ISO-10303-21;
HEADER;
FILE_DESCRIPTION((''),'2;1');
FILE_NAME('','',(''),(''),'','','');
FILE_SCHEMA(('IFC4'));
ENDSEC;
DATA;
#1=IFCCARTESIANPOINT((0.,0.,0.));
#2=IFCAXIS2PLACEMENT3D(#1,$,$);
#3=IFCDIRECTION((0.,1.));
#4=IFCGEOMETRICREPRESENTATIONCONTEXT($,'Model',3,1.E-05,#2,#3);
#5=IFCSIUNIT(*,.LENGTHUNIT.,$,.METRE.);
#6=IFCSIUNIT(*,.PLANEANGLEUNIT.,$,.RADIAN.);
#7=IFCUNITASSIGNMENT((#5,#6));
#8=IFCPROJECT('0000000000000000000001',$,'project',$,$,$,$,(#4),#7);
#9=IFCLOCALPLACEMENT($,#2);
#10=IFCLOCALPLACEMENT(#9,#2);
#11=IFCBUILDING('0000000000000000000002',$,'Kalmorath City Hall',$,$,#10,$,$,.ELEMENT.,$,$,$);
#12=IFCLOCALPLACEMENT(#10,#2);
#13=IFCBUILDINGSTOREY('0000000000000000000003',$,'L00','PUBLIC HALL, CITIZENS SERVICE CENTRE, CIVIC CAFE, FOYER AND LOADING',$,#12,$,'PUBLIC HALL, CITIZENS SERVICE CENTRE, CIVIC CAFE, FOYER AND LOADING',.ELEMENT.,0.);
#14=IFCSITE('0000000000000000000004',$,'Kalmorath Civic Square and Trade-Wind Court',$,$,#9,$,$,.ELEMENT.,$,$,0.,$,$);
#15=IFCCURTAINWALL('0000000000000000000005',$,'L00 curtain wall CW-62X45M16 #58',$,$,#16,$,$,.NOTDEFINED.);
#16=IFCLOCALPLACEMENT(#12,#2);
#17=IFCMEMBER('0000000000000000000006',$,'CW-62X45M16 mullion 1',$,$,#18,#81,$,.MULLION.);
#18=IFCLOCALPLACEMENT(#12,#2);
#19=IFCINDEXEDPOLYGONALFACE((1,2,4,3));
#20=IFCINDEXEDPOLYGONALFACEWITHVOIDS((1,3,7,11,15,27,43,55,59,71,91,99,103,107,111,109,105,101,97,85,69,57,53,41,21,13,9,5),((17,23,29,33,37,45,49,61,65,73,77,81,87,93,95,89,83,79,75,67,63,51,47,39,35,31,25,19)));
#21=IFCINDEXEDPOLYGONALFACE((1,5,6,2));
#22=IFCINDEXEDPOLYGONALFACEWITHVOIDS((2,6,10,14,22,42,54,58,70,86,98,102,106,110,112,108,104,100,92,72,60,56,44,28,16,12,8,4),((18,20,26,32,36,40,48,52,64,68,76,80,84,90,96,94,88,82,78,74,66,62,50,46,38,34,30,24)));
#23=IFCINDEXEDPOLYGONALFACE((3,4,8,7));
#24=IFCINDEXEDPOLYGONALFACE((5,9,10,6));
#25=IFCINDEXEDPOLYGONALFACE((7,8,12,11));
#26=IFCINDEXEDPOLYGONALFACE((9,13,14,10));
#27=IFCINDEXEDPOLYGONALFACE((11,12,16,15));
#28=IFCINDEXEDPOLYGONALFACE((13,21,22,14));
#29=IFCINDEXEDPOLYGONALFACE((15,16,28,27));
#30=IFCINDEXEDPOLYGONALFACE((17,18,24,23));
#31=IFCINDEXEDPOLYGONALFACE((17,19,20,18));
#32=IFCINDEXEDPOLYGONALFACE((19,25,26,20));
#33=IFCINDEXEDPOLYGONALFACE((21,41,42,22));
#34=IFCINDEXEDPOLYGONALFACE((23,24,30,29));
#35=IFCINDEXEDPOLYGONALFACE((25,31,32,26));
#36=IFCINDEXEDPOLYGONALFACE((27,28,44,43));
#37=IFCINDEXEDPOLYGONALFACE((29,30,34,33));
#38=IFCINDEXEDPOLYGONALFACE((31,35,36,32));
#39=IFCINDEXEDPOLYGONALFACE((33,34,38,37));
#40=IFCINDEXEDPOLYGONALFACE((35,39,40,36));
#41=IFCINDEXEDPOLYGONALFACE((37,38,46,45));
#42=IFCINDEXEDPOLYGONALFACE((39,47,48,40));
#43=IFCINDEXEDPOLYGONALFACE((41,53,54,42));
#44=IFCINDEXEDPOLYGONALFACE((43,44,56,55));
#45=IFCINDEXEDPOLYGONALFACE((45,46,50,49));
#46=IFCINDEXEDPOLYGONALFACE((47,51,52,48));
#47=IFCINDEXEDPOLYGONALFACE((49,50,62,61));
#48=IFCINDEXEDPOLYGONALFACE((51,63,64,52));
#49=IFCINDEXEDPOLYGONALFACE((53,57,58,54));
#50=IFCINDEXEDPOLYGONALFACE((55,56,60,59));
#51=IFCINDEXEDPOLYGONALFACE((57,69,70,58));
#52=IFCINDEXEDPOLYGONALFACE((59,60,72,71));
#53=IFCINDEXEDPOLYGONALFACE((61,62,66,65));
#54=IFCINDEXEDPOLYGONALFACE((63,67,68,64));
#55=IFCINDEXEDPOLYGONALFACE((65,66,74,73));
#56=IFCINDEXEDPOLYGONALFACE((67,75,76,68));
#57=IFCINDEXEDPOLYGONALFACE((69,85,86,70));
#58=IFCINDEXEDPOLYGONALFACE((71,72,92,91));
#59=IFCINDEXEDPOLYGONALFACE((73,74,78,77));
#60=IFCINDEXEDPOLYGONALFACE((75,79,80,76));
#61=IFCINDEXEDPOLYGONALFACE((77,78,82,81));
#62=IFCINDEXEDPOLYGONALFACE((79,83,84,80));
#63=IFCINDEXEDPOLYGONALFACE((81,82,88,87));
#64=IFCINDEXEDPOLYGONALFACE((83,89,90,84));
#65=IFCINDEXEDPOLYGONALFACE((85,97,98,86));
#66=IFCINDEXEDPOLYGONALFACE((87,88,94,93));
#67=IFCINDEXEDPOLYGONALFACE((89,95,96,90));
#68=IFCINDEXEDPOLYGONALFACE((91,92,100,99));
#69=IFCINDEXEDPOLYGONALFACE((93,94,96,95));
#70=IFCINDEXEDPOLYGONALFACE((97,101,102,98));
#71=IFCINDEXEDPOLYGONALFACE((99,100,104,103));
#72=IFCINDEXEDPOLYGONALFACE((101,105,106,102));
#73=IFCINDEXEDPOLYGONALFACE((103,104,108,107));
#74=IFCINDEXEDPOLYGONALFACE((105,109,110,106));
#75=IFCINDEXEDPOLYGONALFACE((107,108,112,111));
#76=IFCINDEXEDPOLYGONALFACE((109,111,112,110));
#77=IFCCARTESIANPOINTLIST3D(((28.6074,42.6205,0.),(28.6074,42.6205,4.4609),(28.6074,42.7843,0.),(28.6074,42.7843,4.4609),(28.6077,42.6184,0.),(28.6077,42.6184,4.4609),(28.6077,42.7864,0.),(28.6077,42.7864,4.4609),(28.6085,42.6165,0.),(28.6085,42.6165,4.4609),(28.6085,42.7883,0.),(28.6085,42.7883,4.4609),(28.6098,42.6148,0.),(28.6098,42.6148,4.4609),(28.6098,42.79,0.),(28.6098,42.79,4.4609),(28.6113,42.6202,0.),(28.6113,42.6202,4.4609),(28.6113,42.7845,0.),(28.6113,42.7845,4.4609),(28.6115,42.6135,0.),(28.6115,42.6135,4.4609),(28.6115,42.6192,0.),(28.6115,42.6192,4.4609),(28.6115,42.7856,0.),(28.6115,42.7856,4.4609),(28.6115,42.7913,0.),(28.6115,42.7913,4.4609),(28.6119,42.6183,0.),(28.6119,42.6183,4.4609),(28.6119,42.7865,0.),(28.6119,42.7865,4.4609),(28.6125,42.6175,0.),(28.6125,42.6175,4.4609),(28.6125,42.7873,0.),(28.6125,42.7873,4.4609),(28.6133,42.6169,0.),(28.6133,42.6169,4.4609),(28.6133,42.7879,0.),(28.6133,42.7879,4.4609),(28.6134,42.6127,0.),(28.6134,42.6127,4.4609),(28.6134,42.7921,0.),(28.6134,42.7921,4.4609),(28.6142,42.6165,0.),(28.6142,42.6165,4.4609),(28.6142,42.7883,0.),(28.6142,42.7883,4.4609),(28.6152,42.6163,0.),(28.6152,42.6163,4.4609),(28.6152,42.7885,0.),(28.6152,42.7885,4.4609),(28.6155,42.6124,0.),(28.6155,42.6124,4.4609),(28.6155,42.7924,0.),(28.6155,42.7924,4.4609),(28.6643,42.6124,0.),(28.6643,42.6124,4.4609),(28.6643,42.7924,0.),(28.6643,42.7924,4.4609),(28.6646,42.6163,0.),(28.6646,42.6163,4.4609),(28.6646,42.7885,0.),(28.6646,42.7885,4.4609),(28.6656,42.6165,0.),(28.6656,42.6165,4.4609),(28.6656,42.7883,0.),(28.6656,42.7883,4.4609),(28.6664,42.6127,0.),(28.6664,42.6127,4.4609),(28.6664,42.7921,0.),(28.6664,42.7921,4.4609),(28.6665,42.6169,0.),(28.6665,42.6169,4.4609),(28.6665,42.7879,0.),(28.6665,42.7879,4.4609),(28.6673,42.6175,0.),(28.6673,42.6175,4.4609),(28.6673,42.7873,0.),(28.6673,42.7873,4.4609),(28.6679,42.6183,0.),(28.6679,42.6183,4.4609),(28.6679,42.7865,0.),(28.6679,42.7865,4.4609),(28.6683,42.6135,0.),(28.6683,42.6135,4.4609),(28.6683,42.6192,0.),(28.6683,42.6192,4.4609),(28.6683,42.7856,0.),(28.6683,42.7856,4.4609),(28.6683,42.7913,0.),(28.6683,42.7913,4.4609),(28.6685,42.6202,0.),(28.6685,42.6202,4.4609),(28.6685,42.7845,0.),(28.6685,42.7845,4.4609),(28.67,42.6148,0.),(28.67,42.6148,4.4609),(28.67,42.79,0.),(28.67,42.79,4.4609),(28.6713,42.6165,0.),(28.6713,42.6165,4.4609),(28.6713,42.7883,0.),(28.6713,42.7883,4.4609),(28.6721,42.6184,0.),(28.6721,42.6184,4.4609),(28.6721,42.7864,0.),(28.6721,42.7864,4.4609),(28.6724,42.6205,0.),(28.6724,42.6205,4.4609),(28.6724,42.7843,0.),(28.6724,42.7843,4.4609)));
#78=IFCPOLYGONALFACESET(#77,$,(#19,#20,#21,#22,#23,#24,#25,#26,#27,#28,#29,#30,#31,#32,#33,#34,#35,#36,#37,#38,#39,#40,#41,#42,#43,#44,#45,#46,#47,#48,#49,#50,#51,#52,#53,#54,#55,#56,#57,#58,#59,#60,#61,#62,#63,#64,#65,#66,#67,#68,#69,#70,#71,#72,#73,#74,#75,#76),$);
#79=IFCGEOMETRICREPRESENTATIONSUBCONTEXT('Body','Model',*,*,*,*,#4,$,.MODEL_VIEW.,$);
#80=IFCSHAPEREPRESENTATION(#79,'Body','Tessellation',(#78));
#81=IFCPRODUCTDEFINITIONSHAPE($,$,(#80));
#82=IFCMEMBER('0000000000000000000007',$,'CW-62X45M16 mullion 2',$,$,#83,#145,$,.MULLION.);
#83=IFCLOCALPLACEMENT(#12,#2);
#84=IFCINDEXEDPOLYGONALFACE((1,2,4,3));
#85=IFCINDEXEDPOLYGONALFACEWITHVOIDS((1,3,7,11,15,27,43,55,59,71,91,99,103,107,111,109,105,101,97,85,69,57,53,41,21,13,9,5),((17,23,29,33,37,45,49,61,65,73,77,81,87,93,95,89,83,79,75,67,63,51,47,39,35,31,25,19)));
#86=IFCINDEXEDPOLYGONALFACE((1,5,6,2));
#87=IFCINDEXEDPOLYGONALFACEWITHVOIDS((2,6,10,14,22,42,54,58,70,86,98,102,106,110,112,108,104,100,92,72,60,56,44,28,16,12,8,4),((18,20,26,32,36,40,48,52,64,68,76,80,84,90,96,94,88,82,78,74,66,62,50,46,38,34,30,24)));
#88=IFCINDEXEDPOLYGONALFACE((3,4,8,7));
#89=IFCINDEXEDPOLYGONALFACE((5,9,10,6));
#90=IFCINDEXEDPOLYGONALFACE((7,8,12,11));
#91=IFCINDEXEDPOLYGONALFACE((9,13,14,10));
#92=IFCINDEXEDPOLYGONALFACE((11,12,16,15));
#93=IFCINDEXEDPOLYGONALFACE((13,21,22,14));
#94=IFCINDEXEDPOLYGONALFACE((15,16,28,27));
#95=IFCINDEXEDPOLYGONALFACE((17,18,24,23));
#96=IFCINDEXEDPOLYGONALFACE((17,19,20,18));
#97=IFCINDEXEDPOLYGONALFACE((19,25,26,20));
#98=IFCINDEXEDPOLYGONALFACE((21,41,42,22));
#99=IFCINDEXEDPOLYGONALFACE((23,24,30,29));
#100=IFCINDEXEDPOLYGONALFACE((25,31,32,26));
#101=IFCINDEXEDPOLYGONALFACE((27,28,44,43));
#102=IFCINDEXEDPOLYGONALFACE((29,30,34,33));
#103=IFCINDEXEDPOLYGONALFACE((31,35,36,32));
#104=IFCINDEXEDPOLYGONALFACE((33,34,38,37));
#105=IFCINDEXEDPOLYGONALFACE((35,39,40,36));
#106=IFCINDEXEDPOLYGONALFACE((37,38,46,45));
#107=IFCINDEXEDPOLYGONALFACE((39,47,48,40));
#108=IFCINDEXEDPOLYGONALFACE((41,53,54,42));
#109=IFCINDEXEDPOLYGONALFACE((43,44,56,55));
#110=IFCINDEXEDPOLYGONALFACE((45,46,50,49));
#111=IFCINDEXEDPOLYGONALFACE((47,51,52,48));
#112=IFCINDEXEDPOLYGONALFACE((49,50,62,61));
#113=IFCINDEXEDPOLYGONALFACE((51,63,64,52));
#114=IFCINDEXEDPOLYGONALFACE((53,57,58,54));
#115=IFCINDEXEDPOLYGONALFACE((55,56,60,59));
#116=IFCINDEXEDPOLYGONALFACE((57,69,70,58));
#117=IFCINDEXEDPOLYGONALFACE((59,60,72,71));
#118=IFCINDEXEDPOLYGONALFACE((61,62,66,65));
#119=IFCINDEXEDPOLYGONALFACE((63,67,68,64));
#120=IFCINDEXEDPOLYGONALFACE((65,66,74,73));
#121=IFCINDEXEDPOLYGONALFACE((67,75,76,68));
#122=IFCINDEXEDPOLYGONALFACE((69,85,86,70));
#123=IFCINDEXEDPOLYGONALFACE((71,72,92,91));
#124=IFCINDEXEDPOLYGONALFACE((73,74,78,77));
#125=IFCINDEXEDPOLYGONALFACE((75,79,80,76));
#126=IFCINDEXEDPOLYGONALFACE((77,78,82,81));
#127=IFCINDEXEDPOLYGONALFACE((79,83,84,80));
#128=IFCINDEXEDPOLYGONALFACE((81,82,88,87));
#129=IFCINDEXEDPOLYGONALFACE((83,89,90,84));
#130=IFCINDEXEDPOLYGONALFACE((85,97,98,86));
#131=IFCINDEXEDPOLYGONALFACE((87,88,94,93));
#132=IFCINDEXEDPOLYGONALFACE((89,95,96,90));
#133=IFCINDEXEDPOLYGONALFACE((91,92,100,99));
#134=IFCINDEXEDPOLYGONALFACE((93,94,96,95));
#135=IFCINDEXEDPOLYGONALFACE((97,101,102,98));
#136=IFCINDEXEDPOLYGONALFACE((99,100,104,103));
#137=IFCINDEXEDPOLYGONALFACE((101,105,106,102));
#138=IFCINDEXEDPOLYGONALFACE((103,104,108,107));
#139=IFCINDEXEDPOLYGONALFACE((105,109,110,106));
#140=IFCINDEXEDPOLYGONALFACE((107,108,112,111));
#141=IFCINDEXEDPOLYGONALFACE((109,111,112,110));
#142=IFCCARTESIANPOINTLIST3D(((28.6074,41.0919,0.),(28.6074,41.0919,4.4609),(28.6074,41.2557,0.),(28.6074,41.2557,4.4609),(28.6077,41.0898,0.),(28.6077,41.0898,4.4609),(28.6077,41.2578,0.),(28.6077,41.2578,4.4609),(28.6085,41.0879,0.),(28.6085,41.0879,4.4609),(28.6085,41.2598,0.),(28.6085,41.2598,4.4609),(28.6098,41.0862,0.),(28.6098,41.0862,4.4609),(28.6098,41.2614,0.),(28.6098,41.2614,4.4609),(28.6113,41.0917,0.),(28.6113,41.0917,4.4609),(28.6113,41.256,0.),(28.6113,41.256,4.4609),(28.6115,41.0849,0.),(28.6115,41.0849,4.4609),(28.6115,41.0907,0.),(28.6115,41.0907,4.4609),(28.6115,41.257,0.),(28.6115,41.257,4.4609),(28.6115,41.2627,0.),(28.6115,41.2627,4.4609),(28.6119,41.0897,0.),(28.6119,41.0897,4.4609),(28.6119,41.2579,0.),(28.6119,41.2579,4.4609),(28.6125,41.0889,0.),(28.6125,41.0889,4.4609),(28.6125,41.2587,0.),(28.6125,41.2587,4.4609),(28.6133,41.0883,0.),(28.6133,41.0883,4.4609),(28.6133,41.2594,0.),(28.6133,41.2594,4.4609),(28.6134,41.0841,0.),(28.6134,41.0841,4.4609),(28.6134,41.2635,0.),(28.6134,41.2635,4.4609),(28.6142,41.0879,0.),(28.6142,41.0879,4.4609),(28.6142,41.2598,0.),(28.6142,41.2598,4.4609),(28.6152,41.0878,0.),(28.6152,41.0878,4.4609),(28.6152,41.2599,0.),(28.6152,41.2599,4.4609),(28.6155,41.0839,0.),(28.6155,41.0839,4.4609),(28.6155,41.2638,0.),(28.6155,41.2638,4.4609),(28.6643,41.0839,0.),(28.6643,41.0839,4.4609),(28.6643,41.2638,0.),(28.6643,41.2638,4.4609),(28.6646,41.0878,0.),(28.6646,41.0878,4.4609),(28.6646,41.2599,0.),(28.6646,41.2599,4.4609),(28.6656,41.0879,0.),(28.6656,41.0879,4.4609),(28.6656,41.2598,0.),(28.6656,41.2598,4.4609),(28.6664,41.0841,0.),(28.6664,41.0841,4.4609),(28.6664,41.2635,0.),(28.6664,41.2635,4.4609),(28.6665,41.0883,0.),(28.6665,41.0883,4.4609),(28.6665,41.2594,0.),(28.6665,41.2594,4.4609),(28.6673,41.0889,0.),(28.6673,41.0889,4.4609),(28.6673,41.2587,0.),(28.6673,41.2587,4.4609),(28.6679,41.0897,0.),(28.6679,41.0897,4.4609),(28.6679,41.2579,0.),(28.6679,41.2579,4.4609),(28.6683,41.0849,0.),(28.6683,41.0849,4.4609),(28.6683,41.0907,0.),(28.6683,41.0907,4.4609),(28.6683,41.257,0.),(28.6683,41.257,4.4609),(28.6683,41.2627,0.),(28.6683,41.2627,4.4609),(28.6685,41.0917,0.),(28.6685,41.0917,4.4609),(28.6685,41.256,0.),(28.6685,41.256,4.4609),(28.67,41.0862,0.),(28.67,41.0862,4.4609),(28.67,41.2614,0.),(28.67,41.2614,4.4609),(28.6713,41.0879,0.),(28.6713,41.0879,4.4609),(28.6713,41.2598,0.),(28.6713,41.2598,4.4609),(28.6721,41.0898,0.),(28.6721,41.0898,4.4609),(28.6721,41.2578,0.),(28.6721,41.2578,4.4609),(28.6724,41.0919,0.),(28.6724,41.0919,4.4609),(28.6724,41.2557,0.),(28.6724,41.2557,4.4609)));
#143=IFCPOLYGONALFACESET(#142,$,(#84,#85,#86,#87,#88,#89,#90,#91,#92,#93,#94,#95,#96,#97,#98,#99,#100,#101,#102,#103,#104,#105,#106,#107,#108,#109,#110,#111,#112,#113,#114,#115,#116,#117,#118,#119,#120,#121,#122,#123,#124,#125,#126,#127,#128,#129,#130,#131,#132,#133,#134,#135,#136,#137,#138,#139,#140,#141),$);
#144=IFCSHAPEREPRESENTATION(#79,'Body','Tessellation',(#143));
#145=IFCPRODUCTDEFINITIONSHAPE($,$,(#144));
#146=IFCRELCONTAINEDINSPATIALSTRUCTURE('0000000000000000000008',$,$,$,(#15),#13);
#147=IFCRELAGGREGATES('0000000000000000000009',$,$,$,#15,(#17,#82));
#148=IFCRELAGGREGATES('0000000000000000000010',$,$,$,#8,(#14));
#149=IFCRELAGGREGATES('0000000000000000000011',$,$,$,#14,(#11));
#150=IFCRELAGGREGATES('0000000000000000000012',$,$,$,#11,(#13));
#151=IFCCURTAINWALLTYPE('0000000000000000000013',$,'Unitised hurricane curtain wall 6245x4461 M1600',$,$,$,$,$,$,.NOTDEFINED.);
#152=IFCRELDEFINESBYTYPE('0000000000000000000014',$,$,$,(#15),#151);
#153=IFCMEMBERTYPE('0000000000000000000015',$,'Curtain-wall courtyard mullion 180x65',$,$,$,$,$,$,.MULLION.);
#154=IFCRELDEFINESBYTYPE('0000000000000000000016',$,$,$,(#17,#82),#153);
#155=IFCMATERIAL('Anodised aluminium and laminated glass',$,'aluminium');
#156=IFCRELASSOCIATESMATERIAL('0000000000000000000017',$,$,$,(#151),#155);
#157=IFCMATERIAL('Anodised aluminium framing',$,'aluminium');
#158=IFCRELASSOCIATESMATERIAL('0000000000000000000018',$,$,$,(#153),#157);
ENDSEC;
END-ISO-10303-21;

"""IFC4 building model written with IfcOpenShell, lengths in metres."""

from ifc_helpers import new_model, si_unit, direction, frame, origin, origin_2d, place, context, subcontext, project, spatial, hollow_rectangle, extrude, material, material_profile, profile_set, type_object, element, aggregate, save


model = new_model("IFC4")

# Units and contexts
model_context = context("Model", 3, precision=1e-05, world=origin(), true_north=direction((0.0, 1.0)))
body_context = subcontext(model_context, "Body", "Model", "MODEL_VIEW")
ifc_project = project(units=[si_unit("LENGTHUNIT", "METRE"), si_unit("PLANEANGLEUNIT", "RADIAN")], contexts=[model_context])

# Site, building, storey
site_placement = place(None, origin())
site = spatial("IfcSite", under=ifc_project, at=site_placement, Name="Kalmorath Civic Square and Trade-Wind Court", CompositionType="ELEMENT", RefElevation=0.0)
building_placement = place(site_placement, origin())
building = spatial("IfcBuilding", under=site, at=building_placement, Name="Kalmorath City Hall", CompositionType="ELEMENT")
storey_placement = place(building_placement, origin())
storey = spatial("IfcBuildingStorey", under=building, at=storey_placement, Name="L00", Description="PUBLIC HALL, CITIZENS SERVICE CENTRE, CIVIC CAFE, FOYER AND LOADING", LongName="PUBLIC HALL, CITIZENS SERVICE CENTRE, CIVIC CAFE, FOYER AND LOADING", CompositionType="ELEMENT", Elevation=0.0)

# Curtain wall, members
ifc_material_1 = material(Name="Anodised aluminium and laminated glass", Category="aluminium")
curtain_wall_type_1 = type_object("IfcCurtainWallType", Name="Unitised hurricane curtain wall 6245x4461 M1600", PredefinedType="NOTDEFINED", material=ifc_material_1)
curtain_wall_1_placement = place(storey_placement, origin())
curtain_wall_1 = element("IfcCurtainWall", 1, at=curtain_wall_1_placement, inside=storey, type_object=curtain_wall_type_1, Name="L00 curtain wall CW-62X45M16 #58", PredefinedType="NOTDEFINED")
ifc_material_2 = material(Name="Anodised aluminium framing", Category="aluminium")
ifc_material_profile_1 = material_profile(ifc_material_2, hollow_rectangle(XDim=0.0649, YDim=0.1799, WallThickness=0.0039, InnerFilletRadius=0.0039, OuterFilletRadius=0.0081, at=origin_2d()), Name="ALU-MUL-180X65X4")
ifc_profile_set_1 = profile_set([ifc_material_profile_1], Name="Anodised aluminium framing")
member_type_1 = type_object("IfcMemberType", Name="Curtain-wall courtyard mullion 180x65", PredefinedType="MULLION", material=ifc_profile_set_1)
member_1_placement = place(storey_placement, frame((28.6399, 42.7024, 0.0), z_axis=(0.0, 0.0, 1.0), x_axis=(1.0, 0.0, 0.0)))
member_1 = element("IfcMember", 2, at=member_1_placement, type_object=member_type_1, Name="CW-62X45M16 mullion 1", PredefinedType="MULLION", context=body_context, shape_type="SweptSolid", body=[
    extrude(hollow_rectangle(XDim=0.0649, YDim=0.1799, WallThickness=0.0039, InnerFilletRadius=0.0039, OuterFilletRadius=0.0081, at=origin_2d()), origin(), (0.0, 0.0, 1.0), 4.4609),
])
member_2_placement = place(storey_placement, frame((28.6399, 41.1738, 0.0), z_axis=(0.0, 0.0, 1.0), x_axis=(1.0, 0.0, 0.0)))
member_2 = element("IfcMember", 3, at=member_2_placement, type_object=member_type_1, Name="CW-62X45M16 mullion 2", PredefinedType="MULLION", context=body_context, shape_type="SweptSolid", body=[
    extrude(hollow_rectangle(XDim=0.0649, YDim=0.1799, WallThickness=0.0039, InnerFilletRadius=0.0039, OuterFilletRadius=0.0081, at=origin_2d()), origin(), (0.0, 0.0, 1.0), 4.4609),
])

aggregate(curtain_wall_1, [member_1, member_2])

save(model, "model.ifc")
